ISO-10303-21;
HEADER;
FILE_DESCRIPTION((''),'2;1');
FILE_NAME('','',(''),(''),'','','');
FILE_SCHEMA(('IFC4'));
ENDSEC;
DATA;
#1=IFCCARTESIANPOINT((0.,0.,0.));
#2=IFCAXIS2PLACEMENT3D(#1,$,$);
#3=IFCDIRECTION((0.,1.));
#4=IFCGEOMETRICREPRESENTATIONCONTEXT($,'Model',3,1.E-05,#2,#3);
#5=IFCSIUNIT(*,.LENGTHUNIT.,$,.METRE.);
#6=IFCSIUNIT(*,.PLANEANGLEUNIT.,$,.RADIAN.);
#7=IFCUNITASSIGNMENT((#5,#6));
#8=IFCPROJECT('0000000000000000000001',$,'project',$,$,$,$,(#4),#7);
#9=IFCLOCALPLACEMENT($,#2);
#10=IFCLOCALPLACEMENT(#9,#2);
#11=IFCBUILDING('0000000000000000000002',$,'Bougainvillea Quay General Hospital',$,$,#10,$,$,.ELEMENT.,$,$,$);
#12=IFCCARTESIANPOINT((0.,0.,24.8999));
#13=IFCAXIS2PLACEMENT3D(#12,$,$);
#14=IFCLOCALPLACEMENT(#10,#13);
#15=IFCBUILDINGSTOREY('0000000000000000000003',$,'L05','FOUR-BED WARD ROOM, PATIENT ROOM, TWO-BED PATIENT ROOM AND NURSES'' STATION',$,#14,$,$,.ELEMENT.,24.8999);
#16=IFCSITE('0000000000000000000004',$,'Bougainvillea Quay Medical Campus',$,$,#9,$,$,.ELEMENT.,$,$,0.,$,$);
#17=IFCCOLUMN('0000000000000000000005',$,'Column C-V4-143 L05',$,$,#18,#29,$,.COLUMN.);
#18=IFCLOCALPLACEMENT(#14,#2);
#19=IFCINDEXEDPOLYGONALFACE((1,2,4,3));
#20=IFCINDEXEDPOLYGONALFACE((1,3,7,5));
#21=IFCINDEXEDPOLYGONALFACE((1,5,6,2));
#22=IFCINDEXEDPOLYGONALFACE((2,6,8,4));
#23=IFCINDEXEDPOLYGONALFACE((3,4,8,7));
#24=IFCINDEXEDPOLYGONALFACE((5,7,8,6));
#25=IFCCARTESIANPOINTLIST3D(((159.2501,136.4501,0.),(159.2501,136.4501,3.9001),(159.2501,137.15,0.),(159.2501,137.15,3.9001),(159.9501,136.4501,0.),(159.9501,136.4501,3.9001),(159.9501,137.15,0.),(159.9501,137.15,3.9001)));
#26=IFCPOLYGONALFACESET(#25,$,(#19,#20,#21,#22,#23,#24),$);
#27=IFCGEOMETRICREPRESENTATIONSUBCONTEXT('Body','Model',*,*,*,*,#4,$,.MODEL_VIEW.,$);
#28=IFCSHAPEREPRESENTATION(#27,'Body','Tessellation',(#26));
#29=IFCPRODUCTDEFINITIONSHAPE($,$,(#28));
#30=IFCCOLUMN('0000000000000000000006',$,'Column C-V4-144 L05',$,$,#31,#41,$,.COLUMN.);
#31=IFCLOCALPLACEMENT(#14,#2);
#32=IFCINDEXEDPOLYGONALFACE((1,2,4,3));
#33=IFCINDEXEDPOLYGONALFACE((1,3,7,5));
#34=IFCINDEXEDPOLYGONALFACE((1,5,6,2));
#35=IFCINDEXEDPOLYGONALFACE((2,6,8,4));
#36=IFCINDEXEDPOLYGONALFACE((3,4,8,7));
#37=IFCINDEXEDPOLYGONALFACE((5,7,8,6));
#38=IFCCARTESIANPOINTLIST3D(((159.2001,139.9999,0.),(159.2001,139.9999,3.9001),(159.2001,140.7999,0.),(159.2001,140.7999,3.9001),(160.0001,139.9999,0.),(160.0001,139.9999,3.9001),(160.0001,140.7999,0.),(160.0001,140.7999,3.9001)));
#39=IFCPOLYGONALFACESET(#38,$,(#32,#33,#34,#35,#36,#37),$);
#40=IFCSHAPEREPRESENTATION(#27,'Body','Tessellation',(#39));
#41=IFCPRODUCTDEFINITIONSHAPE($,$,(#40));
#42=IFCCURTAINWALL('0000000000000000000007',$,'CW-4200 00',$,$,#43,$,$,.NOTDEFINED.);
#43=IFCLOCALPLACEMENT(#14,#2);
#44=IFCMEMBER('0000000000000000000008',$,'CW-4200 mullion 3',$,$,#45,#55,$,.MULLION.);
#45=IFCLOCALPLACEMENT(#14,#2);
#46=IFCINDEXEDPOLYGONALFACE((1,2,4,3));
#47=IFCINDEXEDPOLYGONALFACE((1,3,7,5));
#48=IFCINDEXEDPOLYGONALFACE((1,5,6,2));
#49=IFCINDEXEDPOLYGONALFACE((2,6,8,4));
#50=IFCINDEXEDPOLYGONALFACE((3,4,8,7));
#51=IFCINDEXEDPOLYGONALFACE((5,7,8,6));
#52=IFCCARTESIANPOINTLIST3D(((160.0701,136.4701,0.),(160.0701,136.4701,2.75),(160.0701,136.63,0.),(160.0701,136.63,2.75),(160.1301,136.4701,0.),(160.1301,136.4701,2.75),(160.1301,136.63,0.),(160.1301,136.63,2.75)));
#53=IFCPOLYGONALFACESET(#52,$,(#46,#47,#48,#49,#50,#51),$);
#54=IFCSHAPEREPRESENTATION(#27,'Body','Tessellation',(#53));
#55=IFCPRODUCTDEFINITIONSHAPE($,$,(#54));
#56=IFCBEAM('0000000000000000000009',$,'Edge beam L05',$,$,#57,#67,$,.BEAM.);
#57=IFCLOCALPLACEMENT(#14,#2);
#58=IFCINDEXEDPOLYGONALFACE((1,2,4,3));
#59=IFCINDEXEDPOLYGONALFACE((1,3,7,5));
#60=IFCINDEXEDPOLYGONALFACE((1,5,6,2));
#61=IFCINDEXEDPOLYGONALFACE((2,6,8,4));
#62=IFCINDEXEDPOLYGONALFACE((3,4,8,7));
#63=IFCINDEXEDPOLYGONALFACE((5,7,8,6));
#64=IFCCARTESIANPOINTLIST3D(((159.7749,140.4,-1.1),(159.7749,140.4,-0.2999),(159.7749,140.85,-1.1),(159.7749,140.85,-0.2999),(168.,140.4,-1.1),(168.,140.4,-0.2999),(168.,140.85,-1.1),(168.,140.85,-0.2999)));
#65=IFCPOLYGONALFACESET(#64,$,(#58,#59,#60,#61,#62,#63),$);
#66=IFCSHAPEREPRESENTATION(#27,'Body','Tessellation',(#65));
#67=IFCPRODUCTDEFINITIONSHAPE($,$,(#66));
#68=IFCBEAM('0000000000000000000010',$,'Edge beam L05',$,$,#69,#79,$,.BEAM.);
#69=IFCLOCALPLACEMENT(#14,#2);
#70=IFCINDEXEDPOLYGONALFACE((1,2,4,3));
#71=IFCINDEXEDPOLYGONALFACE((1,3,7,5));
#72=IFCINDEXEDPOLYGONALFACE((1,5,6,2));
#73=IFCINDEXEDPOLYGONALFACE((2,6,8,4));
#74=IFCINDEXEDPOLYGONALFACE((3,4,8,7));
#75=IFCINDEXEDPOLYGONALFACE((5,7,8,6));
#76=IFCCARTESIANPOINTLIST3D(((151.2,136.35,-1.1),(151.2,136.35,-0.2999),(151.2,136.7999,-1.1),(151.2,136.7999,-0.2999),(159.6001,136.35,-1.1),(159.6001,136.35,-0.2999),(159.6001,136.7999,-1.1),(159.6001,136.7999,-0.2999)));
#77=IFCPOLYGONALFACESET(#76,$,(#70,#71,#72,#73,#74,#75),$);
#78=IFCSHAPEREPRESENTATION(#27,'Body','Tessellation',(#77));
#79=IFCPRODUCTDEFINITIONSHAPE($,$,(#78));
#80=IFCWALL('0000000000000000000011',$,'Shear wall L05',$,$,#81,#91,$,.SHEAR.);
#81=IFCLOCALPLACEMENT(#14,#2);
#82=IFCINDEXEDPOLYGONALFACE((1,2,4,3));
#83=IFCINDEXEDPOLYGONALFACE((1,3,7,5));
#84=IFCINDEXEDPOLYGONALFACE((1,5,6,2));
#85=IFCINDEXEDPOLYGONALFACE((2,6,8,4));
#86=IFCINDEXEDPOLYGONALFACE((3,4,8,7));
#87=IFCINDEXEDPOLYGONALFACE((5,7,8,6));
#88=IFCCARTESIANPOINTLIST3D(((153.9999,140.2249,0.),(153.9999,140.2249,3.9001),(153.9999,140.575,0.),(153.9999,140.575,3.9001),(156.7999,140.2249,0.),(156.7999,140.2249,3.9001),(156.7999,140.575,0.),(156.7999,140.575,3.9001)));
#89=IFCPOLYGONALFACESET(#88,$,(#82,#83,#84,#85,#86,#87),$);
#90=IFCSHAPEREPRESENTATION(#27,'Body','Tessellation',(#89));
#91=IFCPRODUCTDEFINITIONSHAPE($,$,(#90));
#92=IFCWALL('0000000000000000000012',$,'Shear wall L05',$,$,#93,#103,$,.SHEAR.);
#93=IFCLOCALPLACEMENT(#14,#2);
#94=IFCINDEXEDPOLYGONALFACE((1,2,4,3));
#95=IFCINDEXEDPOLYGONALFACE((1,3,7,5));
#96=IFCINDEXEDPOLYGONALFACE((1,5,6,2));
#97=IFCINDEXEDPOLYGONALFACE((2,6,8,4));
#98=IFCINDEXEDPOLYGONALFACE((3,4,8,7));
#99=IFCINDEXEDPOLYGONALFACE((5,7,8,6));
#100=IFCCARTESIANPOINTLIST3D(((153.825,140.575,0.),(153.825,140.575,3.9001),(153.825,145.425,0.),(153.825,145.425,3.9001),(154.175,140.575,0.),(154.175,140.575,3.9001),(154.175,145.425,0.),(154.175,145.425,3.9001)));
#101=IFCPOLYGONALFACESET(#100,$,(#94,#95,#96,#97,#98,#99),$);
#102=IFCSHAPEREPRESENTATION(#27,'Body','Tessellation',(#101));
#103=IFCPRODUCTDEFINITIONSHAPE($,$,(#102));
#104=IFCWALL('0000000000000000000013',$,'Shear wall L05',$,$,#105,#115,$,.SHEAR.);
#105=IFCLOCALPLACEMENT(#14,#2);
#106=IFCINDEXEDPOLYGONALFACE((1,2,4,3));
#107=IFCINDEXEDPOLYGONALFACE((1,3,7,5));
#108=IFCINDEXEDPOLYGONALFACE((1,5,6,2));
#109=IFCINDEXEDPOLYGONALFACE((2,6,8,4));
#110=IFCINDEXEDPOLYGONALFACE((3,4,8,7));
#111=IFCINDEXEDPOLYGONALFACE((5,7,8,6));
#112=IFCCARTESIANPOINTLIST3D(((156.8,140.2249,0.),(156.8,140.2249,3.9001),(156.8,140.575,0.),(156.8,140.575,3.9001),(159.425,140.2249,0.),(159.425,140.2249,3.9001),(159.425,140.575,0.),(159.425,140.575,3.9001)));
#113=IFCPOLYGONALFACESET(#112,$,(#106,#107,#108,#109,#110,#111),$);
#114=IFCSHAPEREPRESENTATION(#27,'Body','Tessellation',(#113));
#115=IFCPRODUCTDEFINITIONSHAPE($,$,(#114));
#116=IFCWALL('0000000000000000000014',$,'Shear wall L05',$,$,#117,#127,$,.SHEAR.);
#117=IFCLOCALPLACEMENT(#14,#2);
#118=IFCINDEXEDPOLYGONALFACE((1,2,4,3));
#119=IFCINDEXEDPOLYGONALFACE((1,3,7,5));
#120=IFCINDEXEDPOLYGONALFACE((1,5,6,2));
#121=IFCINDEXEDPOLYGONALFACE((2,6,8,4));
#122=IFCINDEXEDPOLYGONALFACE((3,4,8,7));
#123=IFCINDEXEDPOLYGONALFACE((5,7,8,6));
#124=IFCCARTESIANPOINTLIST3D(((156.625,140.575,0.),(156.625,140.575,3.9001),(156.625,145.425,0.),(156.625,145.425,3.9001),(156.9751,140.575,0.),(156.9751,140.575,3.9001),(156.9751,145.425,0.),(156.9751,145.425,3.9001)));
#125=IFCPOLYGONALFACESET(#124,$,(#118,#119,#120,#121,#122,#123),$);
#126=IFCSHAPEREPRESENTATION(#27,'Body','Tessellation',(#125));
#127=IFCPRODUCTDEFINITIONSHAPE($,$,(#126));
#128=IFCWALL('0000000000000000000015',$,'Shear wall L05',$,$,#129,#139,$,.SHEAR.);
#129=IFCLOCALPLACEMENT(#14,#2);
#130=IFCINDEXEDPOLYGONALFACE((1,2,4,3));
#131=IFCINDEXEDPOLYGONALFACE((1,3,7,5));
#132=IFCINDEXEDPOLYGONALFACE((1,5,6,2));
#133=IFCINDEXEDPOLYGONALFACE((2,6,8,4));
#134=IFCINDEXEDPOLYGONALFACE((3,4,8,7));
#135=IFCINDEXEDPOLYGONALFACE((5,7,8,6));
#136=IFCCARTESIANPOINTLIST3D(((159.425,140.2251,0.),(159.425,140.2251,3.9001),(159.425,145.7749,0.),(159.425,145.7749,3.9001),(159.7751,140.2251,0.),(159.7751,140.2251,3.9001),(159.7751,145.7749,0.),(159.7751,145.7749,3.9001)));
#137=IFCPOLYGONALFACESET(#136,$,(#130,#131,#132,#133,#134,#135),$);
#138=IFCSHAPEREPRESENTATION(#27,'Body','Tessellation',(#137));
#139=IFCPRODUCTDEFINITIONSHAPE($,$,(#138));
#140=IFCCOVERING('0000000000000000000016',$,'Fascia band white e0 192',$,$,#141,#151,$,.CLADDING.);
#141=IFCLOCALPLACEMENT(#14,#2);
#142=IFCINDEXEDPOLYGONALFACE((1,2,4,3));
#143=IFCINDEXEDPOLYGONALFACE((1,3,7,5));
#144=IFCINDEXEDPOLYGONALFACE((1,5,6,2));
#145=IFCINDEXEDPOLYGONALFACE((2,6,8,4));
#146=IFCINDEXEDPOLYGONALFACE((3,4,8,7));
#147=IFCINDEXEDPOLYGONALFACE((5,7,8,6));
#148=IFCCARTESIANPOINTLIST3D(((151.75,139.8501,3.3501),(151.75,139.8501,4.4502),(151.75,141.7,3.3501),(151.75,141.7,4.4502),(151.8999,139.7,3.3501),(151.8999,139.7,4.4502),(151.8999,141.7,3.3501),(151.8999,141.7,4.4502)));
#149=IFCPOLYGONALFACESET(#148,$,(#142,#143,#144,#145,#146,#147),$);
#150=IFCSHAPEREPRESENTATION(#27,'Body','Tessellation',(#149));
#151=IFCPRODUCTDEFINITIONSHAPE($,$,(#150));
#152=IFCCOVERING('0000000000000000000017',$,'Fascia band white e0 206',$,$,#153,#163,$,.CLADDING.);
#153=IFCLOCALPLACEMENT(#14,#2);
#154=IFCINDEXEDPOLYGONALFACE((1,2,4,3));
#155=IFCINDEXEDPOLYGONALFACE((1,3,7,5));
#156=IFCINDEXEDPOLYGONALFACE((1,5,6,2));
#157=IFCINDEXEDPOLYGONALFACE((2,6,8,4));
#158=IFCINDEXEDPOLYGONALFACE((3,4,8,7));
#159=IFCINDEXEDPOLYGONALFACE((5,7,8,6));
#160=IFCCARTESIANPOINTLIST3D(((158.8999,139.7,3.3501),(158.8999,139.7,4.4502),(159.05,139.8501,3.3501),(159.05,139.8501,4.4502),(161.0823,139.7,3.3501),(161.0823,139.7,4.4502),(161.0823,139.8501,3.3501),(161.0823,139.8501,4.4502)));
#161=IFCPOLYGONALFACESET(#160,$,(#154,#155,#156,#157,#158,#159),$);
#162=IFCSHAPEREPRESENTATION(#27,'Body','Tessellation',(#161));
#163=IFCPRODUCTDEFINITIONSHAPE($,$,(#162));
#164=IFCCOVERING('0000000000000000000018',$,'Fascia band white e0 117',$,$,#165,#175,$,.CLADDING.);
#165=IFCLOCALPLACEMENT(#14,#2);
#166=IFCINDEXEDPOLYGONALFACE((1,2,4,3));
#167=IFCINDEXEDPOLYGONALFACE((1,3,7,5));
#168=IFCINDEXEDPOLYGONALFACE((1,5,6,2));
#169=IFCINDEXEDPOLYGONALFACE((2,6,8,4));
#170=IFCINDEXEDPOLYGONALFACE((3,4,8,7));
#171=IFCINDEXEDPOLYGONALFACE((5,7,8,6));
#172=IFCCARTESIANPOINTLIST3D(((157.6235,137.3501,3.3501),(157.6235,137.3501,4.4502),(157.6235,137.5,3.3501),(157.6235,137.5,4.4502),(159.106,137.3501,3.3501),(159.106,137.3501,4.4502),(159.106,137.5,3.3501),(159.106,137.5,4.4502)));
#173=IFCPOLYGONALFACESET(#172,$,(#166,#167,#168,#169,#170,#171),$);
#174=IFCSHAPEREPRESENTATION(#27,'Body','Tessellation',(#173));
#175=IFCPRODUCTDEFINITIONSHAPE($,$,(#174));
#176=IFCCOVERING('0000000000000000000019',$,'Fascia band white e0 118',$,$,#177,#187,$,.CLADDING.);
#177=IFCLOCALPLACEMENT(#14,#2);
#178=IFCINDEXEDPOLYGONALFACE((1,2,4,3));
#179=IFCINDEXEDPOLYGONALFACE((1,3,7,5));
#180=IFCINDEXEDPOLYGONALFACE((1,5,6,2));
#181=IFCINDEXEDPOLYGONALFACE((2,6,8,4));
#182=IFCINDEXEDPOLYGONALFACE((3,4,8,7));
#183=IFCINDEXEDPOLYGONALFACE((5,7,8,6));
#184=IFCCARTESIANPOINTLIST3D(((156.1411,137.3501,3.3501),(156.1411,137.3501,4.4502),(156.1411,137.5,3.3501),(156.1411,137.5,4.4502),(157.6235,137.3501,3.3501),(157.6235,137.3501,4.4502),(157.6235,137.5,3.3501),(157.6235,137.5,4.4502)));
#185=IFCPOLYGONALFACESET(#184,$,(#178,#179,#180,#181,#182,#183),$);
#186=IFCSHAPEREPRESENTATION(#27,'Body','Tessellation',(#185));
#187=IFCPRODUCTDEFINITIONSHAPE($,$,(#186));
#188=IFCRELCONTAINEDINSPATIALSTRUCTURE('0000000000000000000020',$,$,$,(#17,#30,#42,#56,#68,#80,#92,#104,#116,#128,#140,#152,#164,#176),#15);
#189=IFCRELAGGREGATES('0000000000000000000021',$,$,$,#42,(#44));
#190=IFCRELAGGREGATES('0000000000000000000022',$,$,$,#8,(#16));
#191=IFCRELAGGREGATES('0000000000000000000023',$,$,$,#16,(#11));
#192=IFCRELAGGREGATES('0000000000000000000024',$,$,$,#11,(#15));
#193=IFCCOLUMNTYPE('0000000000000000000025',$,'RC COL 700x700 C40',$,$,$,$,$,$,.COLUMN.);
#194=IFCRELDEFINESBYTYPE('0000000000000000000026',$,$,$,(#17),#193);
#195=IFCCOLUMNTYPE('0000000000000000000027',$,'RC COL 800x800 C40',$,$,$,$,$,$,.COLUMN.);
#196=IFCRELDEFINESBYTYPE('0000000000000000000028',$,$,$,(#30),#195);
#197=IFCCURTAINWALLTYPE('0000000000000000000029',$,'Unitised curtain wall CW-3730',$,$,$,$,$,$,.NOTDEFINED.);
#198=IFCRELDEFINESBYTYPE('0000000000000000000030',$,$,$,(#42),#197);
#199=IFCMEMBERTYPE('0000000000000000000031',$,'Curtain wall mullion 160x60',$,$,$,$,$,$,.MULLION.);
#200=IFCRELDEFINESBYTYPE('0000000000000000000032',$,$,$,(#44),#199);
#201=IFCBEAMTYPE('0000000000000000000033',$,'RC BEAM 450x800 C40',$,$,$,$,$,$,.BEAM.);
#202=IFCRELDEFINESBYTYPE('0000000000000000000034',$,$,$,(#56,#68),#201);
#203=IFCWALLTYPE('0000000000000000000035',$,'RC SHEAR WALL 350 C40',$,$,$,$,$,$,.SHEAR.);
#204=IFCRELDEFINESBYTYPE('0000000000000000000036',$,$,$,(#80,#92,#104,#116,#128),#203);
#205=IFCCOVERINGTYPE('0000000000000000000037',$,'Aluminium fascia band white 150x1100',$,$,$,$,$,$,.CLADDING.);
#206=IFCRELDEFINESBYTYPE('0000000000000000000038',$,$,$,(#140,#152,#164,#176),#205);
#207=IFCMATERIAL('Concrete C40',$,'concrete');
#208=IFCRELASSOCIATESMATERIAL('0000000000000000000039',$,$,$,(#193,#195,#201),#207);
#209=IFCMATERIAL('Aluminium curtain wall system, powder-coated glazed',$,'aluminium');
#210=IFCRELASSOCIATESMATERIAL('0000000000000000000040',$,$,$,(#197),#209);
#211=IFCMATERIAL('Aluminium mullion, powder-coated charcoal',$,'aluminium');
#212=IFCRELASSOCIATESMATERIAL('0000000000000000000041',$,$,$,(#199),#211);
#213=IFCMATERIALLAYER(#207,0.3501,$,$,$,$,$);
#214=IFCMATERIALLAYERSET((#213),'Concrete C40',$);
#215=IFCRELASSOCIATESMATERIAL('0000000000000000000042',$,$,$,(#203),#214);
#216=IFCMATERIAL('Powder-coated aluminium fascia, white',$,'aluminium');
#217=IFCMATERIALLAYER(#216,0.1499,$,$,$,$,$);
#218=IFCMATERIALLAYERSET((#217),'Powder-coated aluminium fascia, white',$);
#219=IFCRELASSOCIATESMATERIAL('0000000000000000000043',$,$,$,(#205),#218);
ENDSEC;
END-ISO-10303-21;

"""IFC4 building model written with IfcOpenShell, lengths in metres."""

from ifc_helpers import new_model, si_unit, direction, frame, frame_2d, origin, origin_2d, place, context, subcontext, project, spatial, polyline, rectangle, outline, extrude, material, layer, layer_set, material_profile, profile_set, type_object, element, aggregate, save


model = new_model("IFC4")

# Units and contexts
model_context = context("Model", 3, precision=1e-05, world=origin(), true_north=direction((0.0, 1.0)))
body_context = subcontext(model_context, "Body", "Model", "MODEL_VIEW")
ifc_project = project(units=[si_unit("LENGTHUNIT", "METRE"), si_unit("PLANEANGLEUNIT", "RADIAN")], contexts=[model_context])

# Site, building, storey
site_placement = place(None, origin())
site = spatial("IfcSite", under=ifc_project, at=site_placement, Name="Bougainvillea Quay Medical Campus", CompositionType="ELEMENT", RefElevation=0.0)
building_placement = place(site_placement, origin())
building = spatial("IfcBuilding", under=site, at=building_placement, Name="Bougainvillea Quay General Hospital", CompositionType="ELEMENT")
storey_placement = place(building_placement, frame((0.0, 0.0, 24.8999)))
storey = spatial("IfcBuildingStorey", under=building, at=storey_placement, Name="L05", Description="FOUR-BED WARD ROOM, PATIENT ROOM, TWO-BED PATIENT ROOM AND NURSES' STATION", CompositionType="ELEMENT", Elevation=24.8999)

# Columns
ifc_material_1 = material(Name="Concrete C40", Category="concrete")
ifc_material_profile_1 = material_profile(ifc_material_1, rectangle(XDim=0.7, YDim=0.7, at=origin_2d()))
ifc_profile_set_1 = profile_set([ifc_material_profile_1], Name="Concrete C40")
column_type_1 = type_object("IfcColumnType", Name="RC COL 700x700 C40", PredefinedType="COLUMN", material=ifc_profile_set_1)
column_1_placement = place(storey_placement, frame((159.6001, 136.8, 0.0), z_axis=(0.0, 0.0, 1.0), x_axis=(1.0, 0.0, 0.0)))
element("IfcColumn", 1, at=column_1_placement, inside=storey, type_object=column_type_1, Name="Column C-V4-143 L05", PredefinedType="COLUMN", context=body_context, shape_type="SweptSolid", body=[
    extrude(rectangle(XDim=0.7, YDim=0.7, at=origin_2d()), origin(), (0.0, 0.0, 1.0), 3.9001),
])
ifc_material_profile_2 = material_profile(ifc_material_1, rectangle(XDim=0.8, YDim=0.8, at=origin_2d()))
ifc_profile_set_2 = profile_set([ifc_material_profile_2], Name="Concrete C40")
column_type_2 = type_object("IfcColumnType", Name="RC COL 800x800 C40", PredefinedType="COLUMN", material=ifc_profile_set_2)
column_2_placement = place(storey_placement, frame((159.6001, 140.3999, 0.0), z_axis=(0.0, 0.0, 1.0), x_axis=(1.0, 0.0, 0.0)))
element("IfcColumn", 2, at=column_2_placement, inside=storey, type_object=column_type_2, Name="Column C-V4-144 L05", PredefinedType="COLUMN", context=body_context, shape_type="SweptSolid", body=[
    extrude(rectangle(XDim=0.8, YDim=0.8, at=origin_2d()), origin(), (0.0, 0.0, 1.0), 3.9001),
])

# Curtain wall, member
ifc_material_2 = material(Name="Aluminium curtain wall system, powder-coated glazed", Category="aluminium")
curtain_wall_type = type_object("IfcCurtainWallType", Name="Unitised curtain wall CW-3730", PredefinedType="NOTDEFINED", material=ifc_material_2)
curtain_wall_placement = place(storey_placement, origin())
curtain_wall = element("IfcCurtainWall", 3, at=curtain_wall_placement, inside=storey, type_object=curtain_wall_type, Name="CW-4200 00", PredefinedType="NOTDEFINED")
ifc_material_3 = material(Name="Aluminium mullion, powder-coated charcoal", Category="aluminium")
ifc_material_profile_3 = material_profile(ifc_material_3, rectangle(XDim=0.1599, YDim=0.0601, at=origin_2d()))
ifc_profile_set_3 = profile_set([ifc_material_profile_3], Name="Aluminium mullion, powder-coated charcoal")
member_type = type_object("IfcMemberType", Name="Curtain wall mullion 160x60", PredefinedType="MULLION", material=ifc_profile_set_3)
member_placement = place(storey_placement, frame((160.1001, 136.55, 0.0), z_axis=(0.0, 0.0, 1.0), x_axis=(0.0, -1.0, 0.0)))
member = element("IfcMember", 4, at=member_placement, type_object=member_type, Name="CW-4200 mullion 3", PredefinedType="MULLION", context=body_context, shape_type="SweptSolid", body=[
    extrude(rectangle(XDim=0.1599, YDim=0.0601, at=origin_2d()), origin(), (0.0, 0.0, 1.0), 2.75),
])
aggregate(curtain_wall, [member])

# Beams
ifc_material_profile_4 = material_profile(ifc_material_1, rectangle(XDim=0.45, YDim=0.8, at=origin_2d()))
ifc_profile_set_4 = profile_set([ifc_material_profile_4], Name="Concrete C40")
beam_type = type_object("IfcBeamType", Name="RC BEAM 450x800 C40", PredefinedType="BEAM", material=ifc_profile_set_4)
beam_1_placement = place(storey_placement, frame((159.7749, 140.625, -0.7), z_axis=(1.0, 0.0, 0.0), x_axis=(0.0, 1.0, 0.0)))
element("IfcBeam", 5, at=beam_1_placement, inside=storey, type_object=beam_type, Name="Edge beam L05", PredefinedType="BEAM", context=body_context, shape_type="SweptSolid", body=[
    extrude(rectangle(XDim=0.45, YDim=0.8, at=origin_2d()), origin(), (0.0, 0.0, 1.0), 8.2251),
])
beam_2_placement = place(storey_placement, frame((159.6001, 136.575, -0.7), z_axis=(-1.0, 0.0, 0.0), x_axis=(0.0, -1.0, 0.0)))
element("IfcBeam", 6, at=beam_2_placement, inside=storey, type_object=beam_type, Name="Edge beam L05", PredefinedType="BEAM", context=body_context, shape_type="SweptSolid", body=[
    extrude(rectangle(XDim=0.45, YDim=0.8, at=origin_2d()), origin(), (0.0, 0.0, 1.0), 8.4001),
])

# Walls
ifc_layer_1 = layer(ifc_material_1, 0.3501)
ifc_layer_set_1 = layer_set([ifc_layer_1], Name="Concrete C40")
wall_type = type_object("IfcWallType", Name="RC SHEAR WALL 350 C40", PredefinedType="SHEAR", material=ifc_layer_set_1)
wall_1_placement = place(storey_placement, frame((154.0, 140.3999, 0.0), z_axis=(0.0, 0.0, 1.0), x_axis=(1.0, 0.0, 0.0)))
element("IfcWall", 7, at=wall_1_placement, inside=storey, type_object=wall_type, Name="Shear wall L05", PredefinedType="SHEAR", context=body_context, shape_type="SweptSolid", body=[
    extrude(rectangle(XDim=2.8, YDim=0.3501, at=frame_2d((1.3999, 0.0))), origin(), (0.0, 0.0, 1.0), 3.9001),
])
wall_2_placement = place(storey_placement, frame((154.0, 140.575, 0.0), z_axis=(0.0, 0.0, 1.0), x_axis=(0.0, 1.0, 0.0)))
element("IfcWall", 8, at=wall_2_placement, inside=storey, type_object=wall_type, Name="Shear wall L05", PredefinedType="SHEAR", context=body_context, shape_type="SweptSolid", body=[
    extrude(rectangle(XDim=4.8501, YDim=0.3501, at=frame_2d((2.425, 0.0))), origin(), (0.0, 0.0, 1.0), 3.9001),
])
wall_3_placement = place(storey_placement, frame((156.8, 140.3999, 0.0), z_axis=(0.0, 0.0, 1.0), x_axis=(1.0, 0.0, 0.0)))
element("IfcWall", 9, at=wall_3_placement, inside=storey, type_object=wall_type, Name="Shear wall L05", PredefinedType="SHEAR", context=body_context, shape_type="SweptSolid", body=[
    extrude(rectangle(XDim=2.625, YDim=0.3501, at=frame_2d((1.3125, 0.0))), origin(), (0.0, 0.0, 1.0), 3.9001),
])
wall_4_placement = place(storey_placement, frame((156.8, 140.575, 0.0), z_axis=(0.0, 0.0, 1.0), x_axis=(0.0, 1.0, 0.0)))
element("IfcWall", 10, at=wall_4_placement, inside=storey, type_object=wall_type, Name="Shear wall L05", PredefinedType="SHEAR", context=body_context, shape_type="SweptSolid", body=[
    extrude(rectangle(XDim=4.8501, YDim=0.3501, at=frame_2d((2.425, 0.0))), origin(), (0.0, 0.0, 1.0), 3.9001),
])
wall_5_placement = place(storey_placement, frame((159.6001, 140.2251, 0.0), z_axis=(0.0, 0.0, 1.0), x_axis=(0.0, 1.0, 0.0)))
element("IfcWall", 11, at=wall_5_placement, inside=storey, type_object=wall_type, Name="Shear wall L05", PredefinedType="SHEAR", context=body_context, shape_type="SweptSolid", body=[
    extrude(rectangle(XDim=5.5498, YDim=0.3501, at=frame_2d((2.7749, 0.0))), origin(), (0.0, 0.0, 1.0), 3.9001),
])

# Coverings
ifc_material_4 = material(Name="Powder-coated aluminium fascia, white", Category="aluminium")
ifc_layer_2 = layer(ifc_material_4, 0.1499)
ifc_layer_set_2 = layer_set([ifc_layer_2], Name="Powder-coated aluminium fascia, white")
covering_type = type_object("IfcCoveringType", Name="Aluminium fascia band white 150x1100", PredefinedType="CLADDING", material=ifc_layer_set_2)
covering_1_placement = place(storey_placement, frame((151.75, 139.8501, 3.3501), z_axis=(0.0, 0.0, 1.0), x_axis=(0.0, 1.0, 0.0)))
element("IfcCovering", 12, at=covering_1_placement, inside=storey, type_object=covering_type, Name="Fascia band white e0 192", PredefinedType="CLADDING", context=body_context, shape_type="SweptSolid", body=[
    extrude(outline(polyline([(0.0, 0.0), (1.8499, 0.0), (1.8499, -0.1499), (-0.1501, -0.1499), (0.0, 0.0)])), origin(), (0.0, 0.0, 1.0), 1.1001),
])
covering_2_placement = place(storey_placement, frame((159.05, 139.8501, 3.3501), z_axis=(0.0, 0.0, 1.0), x_axis=(1.0, 0.0, 0.0)))
element("IfcCovering", 13, at=covering_2_placement, inside=storey, type_object=covering_type, Name="Fascia band white e0 206", PredefinedType="CLADDING", context=body_context, shape_type="SweptSolid", body=[
    extrude(outline(polyline([(0.0, 0.0), (2.0322, 0.0), (2.0322, -0.1501), (-0.1501, -0.1501), (0.0, 0.0)])), origin(), (0.0, 0.0, 1.0), 1.1001),
])
for number, where, z_axis, x_axis, name in (
    (14, (159.106, 137.3501, 3.3501), (0.0, 0.0, 1.0), (-1.0, 0.0, 0.0), "Fascia band white e0 117"),
    (15, (157.6235, 137.3501, 3.3501), (0.0, 0.0, 1.0), (-1.0, 0.0, 0.0), "Fascia band white e0 118"),
):
    element("IfcCovering", number, at=place(storey_placement, frame(where, z_axis=z_axis, x_axis=x_axis)), inside=storey, type_object=covering_type, Name=name, PredefinedType="CLADDING", context=body_context, shape_type="SweptSolid", body=[
        extrude(outline(polyline([(0.0, 0.0), (1.4824, 0.0), (1.4824, -0.1499), (0.0, -0.1499), (0.0, 0.0)])), origin(), (0.0, 0.0, 1.0), 1.1001),
    ])

save(model, "model.ifc")
